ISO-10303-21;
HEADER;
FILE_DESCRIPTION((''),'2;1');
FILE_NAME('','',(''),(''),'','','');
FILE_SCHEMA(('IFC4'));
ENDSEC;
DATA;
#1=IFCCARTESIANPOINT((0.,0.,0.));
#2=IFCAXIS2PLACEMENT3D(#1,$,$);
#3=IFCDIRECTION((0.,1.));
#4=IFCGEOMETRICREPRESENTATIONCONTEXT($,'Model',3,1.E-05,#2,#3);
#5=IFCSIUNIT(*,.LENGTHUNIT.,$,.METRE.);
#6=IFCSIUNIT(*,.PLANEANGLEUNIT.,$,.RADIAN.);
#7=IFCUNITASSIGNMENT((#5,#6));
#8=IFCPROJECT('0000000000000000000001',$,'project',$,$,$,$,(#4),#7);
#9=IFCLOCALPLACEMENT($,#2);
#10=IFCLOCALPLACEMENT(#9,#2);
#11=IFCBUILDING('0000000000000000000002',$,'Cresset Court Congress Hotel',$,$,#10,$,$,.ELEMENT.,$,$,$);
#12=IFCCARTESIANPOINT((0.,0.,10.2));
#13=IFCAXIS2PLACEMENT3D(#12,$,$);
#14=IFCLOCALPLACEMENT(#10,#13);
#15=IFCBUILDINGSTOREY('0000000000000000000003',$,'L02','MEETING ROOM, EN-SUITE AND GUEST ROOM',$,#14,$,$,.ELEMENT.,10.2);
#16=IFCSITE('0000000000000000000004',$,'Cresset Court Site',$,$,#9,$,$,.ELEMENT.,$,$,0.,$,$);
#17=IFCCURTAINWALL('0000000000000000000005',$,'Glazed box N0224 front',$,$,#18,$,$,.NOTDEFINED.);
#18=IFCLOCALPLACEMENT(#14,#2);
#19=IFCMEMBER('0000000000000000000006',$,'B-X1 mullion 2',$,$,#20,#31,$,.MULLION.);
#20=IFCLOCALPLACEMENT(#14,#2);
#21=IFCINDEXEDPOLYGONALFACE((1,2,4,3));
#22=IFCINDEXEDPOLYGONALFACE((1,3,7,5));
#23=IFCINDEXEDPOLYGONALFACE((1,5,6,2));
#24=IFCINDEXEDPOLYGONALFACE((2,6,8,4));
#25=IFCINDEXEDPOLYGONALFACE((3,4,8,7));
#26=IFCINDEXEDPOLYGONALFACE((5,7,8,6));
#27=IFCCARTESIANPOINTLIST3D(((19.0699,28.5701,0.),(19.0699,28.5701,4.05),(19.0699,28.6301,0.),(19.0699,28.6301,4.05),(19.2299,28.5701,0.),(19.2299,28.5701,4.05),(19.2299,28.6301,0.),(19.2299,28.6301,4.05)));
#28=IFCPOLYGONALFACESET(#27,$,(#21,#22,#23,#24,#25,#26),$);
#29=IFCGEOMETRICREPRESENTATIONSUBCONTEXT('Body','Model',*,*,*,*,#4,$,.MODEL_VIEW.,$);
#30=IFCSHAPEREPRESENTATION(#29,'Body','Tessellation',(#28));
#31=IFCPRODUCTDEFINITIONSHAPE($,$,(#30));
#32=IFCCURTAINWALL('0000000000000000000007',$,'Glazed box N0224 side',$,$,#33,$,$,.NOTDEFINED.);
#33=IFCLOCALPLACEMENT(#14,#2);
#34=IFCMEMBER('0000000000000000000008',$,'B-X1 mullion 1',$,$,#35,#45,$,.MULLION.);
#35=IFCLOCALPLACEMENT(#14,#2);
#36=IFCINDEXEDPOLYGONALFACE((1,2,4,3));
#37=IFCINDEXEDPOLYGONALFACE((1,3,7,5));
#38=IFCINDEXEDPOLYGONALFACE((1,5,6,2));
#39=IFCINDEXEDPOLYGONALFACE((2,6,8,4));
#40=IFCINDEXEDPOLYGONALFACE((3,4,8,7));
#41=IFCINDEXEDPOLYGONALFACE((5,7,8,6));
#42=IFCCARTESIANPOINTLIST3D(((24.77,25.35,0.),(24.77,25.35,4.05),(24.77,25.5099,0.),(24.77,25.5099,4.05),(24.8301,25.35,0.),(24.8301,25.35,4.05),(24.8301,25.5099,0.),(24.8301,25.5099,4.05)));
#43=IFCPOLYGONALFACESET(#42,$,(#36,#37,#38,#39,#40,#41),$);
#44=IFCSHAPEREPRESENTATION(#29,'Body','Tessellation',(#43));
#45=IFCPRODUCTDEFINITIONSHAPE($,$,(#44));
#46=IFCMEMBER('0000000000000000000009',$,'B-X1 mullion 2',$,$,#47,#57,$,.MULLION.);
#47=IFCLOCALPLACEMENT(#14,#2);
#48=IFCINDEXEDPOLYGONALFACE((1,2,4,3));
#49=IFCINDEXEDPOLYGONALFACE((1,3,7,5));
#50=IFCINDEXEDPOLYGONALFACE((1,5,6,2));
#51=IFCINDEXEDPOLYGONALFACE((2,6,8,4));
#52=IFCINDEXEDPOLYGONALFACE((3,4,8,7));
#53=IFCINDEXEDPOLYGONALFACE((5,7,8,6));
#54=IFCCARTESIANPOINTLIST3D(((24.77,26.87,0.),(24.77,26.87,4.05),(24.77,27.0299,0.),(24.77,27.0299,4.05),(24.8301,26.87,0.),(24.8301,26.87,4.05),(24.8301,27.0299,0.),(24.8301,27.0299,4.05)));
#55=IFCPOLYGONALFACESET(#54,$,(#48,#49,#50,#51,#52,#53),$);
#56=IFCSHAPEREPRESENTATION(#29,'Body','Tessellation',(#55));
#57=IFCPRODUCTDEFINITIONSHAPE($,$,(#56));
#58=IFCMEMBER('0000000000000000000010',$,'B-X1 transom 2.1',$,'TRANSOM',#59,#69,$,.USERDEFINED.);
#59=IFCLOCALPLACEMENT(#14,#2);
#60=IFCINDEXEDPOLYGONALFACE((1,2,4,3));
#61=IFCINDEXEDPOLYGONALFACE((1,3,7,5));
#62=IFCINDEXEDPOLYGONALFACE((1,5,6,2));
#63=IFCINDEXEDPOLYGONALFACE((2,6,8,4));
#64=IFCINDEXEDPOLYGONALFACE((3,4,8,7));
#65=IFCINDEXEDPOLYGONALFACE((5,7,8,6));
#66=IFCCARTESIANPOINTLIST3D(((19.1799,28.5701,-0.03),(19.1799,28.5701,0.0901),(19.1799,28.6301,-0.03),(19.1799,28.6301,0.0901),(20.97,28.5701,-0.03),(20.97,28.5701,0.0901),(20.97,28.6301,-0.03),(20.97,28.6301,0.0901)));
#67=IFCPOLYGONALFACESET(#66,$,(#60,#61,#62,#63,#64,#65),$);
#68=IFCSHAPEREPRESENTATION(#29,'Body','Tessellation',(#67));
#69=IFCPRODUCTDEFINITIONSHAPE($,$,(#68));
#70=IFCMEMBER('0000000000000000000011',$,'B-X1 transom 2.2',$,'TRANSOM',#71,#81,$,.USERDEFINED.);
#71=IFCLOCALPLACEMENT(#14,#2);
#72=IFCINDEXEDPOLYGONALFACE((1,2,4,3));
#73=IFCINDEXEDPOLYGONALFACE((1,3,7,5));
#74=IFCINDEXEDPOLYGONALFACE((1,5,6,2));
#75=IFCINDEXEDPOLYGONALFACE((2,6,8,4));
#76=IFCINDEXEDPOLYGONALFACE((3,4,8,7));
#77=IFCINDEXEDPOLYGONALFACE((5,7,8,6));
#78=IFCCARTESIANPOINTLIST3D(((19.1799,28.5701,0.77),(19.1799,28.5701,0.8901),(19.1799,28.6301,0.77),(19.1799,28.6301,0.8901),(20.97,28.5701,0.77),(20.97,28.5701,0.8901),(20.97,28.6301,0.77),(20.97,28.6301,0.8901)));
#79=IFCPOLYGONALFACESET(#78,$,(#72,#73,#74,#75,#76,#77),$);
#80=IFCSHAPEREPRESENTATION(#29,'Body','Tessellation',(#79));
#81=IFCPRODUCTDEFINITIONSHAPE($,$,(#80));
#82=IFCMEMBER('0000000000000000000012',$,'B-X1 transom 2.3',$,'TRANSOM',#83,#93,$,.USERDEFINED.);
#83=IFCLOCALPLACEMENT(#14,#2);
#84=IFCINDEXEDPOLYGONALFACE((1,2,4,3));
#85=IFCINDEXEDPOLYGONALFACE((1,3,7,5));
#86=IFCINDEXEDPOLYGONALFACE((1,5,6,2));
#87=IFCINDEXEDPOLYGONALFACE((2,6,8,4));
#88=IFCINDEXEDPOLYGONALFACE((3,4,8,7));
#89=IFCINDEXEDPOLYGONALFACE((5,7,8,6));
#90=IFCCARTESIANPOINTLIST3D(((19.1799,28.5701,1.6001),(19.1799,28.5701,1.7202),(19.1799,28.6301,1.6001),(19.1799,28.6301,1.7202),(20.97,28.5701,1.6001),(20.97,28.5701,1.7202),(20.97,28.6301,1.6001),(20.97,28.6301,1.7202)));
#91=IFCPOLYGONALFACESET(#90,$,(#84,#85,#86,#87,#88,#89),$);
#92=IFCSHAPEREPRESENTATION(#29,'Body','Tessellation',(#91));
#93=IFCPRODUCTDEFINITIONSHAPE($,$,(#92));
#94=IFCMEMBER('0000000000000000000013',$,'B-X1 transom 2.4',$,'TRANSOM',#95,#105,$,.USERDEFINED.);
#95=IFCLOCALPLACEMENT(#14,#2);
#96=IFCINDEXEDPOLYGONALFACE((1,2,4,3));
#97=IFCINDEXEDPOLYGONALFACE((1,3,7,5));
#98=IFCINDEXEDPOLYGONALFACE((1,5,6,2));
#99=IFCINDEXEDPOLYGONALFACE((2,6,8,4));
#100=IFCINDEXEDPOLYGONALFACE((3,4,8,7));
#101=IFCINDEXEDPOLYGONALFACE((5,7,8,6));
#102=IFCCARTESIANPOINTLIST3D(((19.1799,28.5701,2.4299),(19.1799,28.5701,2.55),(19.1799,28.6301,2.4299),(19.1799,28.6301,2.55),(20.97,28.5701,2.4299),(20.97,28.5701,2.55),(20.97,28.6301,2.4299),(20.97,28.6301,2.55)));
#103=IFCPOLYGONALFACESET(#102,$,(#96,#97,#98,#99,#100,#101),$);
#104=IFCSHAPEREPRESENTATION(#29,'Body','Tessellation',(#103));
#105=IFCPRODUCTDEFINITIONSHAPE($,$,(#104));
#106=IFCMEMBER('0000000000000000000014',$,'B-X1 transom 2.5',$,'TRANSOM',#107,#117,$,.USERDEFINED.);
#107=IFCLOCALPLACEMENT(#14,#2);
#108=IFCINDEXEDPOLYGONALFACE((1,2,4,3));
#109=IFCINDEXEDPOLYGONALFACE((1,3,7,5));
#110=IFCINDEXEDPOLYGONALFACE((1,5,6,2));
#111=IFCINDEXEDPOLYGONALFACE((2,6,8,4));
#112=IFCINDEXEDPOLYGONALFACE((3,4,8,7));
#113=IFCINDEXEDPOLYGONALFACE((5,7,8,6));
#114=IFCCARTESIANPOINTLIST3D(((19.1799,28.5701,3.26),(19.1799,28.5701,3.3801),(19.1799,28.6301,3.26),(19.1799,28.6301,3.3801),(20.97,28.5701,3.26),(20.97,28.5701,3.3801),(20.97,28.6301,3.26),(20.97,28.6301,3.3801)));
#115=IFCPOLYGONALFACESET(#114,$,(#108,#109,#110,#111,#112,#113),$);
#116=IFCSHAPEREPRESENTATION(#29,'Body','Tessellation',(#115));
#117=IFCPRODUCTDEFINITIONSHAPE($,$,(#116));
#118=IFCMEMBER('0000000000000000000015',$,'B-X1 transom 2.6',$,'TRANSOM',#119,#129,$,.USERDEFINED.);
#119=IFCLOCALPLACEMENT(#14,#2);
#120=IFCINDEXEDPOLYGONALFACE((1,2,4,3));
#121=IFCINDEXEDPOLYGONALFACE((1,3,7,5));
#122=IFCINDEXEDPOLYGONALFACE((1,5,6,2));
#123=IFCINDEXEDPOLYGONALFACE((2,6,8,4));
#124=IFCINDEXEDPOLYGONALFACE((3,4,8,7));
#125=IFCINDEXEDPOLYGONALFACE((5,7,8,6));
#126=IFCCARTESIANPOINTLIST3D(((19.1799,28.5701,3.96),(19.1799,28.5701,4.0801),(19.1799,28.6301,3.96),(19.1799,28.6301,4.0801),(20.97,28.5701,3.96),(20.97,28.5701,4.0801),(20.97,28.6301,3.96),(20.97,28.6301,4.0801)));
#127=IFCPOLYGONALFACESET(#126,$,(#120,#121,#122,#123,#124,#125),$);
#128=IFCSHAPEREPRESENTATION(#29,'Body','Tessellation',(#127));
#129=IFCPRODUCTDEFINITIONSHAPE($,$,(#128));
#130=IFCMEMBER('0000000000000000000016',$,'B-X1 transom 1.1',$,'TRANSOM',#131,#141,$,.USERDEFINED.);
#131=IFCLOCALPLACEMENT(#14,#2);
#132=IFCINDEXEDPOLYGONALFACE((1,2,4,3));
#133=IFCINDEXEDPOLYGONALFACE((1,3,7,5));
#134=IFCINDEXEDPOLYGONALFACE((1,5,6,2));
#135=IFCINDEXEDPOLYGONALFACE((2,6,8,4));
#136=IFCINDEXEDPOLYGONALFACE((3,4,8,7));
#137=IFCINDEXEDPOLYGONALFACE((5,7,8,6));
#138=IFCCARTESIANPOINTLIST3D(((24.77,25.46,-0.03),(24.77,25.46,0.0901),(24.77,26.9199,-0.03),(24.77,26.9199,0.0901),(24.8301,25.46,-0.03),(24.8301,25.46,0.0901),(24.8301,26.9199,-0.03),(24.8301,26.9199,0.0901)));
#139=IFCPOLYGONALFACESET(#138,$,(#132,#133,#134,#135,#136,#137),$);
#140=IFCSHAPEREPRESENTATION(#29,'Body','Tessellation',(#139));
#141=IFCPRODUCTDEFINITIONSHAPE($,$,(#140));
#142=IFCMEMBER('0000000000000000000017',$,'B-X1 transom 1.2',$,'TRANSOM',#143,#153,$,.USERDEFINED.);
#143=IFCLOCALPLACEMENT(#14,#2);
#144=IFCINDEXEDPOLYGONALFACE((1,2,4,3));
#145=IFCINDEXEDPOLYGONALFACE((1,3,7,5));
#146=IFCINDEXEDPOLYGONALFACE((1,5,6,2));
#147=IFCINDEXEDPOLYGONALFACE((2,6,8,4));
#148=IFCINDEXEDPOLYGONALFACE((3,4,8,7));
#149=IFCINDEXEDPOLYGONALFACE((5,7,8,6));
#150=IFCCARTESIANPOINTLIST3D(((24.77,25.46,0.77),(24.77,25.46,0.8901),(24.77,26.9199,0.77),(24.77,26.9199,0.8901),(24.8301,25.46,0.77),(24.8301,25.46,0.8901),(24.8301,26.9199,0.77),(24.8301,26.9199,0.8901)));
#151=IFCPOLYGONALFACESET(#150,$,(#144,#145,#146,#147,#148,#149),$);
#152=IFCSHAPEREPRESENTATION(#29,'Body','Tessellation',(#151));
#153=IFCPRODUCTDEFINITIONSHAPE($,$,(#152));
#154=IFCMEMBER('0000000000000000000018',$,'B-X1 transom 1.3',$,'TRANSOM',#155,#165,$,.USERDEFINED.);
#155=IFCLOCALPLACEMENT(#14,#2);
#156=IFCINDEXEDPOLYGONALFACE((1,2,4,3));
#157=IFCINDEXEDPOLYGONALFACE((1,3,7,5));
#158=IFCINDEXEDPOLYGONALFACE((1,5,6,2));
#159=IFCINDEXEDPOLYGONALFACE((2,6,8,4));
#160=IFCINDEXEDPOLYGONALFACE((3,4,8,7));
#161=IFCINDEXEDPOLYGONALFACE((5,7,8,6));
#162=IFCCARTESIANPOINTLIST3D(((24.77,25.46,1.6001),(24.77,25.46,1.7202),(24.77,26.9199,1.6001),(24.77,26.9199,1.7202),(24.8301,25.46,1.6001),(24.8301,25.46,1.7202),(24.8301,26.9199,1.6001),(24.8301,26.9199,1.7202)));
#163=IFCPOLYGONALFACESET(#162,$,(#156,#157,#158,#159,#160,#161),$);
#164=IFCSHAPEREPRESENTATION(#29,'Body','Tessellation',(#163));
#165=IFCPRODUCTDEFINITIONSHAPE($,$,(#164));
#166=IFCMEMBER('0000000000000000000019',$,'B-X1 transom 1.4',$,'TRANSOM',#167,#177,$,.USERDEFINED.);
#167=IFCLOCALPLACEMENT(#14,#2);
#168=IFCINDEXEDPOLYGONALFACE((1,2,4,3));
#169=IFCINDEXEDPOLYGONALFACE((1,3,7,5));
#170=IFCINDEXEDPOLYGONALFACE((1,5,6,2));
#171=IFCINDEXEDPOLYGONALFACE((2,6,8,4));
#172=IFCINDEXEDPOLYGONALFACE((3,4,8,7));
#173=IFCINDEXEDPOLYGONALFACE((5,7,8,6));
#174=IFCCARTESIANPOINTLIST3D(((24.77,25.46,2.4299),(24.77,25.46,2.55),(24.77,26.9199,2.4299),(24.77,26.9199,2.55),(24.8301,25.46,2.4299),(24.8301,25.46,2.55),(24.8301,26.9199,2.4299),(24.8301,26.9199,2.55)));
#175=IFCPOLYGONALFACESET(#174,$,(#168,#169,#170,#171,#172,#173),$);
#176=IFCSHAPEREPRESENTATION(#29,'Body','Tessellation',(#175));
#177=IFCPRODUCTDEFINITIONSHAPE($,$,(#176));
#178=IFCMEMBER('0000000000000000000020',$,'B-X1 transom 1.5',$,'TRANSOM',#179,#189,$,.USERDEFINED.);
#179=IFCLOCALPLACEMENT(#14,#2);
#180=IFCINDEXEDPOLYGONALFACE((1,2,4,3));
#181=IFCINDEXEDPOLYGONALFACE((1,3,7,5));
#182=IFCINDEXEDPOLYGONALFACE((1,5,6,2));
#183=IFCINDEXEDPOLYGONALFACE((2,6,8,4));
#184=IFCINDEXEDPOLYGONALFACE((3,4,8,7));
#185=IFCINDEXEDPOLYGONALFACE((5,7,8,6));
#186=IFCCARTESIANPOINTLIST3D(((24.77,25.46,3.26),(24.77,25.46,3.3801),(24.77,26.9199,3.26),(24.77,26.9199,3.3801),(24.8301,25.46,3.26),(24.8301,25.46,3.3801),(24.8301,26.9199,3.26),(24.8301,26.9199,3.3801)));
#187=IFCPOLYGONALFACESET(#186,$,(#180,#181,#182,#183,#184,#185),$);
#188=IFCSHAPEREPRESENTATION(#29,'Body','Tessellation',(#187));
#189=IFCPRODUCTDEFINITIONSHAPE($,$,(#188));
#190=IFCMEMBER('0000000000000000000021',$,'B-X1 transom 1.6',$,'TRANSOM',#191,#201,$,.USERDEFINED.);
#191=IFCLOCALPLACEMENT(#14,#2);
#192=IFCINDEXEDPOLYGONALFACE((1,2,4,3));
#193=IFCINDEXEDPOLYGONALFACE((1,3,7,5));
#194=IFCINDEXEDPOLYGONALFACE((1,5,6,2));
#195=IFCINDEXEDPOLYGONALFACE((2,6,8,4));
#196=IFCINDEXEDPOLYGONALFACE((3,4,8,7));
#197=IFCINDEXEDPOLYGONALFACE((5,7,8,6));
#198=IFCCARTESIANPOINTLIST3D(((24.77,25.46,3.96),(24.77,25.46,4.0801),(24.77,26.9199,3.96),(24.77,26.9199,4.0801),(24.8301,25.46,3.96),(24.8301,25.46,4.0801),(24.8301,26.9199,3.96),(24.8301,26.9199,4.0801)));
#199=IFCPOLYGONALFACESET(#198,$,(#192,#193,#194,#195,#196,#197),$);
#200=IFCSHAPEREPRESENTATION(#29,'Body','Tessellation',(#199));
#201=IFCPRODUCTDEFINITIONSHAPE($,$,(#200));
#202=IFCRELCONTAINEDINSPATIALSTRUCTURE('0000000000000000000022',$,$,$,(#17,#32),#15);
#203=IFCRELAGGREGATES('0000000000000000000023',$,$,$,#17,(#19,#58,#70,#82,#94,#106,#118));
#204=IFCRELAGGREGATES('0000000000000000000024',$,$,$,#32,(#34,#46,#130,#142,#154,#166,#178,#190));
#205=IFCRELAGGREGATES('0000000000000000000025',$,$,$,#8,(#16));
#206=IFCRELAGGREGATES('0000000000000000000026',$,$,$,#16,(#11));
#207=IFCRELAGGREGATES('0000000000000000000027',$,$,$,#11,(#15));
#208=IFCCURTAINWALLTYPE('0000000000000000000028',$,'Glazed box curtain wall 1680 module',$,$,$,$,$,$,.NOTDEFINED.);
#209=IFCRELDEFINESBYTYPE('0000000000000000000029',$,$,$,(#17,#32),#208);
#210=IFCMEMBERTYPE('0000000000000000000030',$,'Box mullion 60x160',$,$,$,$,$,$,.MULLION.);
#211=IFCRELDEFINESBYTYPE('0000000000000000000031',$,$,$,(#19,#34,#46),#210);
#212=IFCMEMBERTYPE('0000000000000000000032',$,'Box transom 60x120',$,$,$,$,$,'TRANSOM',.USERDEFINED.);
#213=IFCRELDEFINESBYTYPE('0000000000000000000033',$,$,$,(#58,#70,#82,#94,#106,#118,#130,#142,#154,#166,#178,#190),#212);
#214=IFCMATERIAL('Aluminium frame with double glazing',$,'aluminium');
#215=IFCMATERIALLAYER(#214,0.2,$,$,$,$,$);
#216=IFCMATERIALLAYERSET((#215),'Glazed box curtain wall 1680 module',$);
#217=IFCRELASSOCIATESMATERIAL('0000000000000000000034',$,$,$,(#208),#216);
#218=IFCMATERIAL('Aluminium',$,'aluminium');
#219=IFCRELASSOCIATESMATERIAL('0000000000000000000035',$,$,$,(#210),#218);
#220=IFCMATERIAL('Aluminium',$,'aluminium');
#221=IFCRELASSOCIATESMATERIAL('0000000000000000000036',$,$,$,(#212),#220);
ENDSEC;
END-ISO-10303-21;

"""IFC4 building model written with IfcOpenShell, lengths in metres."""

from ifc_helpers import new_model, si_unit, direction, frame, origin, origin_2d, place, context, subcontext, project, spatial, rectangle, extrude, material, layer, layer_set, material_profile, profile_set, type_object, element, aggregate, save


model = new_model("IFC4")

# Units and contexts
model_context = context("Model", 3, precision=1e-05, world=origin(), true_north=direction((0.0, 1.0)))
body_context = subcontext(model_context, "Body", "Model", "MODEL_VIEW")
ifc_project = project(units=[si_unit("LENGTHUNIT", "METRE"), si_unit("PLANEANGLEUNIT", "RADIAN")], contexts=[model_context])

# Site, building, storey
site_placement = place(None, origin())
site = spatial("IfcSite", under=ifc_project, at=site_placement, Name="Cresset Court Site", CompositionType="ELEMENT", RefElevation=0.0)
building_placement = place(site_placement, origin())
building = spatial("IfcBuilding", under=site, at=building_placement, Name="Cresset Court Congress Hotel", CompositionType="ELEMENT")
storey_placement = place(building_placement, frame((0.0, 0.0, 10.2)))
storey = spatial("IfcBuildingStorey", under=building, at=storey_placement, Name="L02", Description="MEETING ROOM, EN-SUITE AND GUEST ROOM", CompositionType="ELEMENT", Elevation=10.2)

# Curtain wall, member
ifc_material_1 = material(Name="Aluminium frame with double glazing", Category="aluminium")
ifc_layer_1 = layer(ifc_material_1, 0.2)
ifc_layer_set_1 = layer_set([ifc_layer_1], Name="Glazed box curtain wall 1680 module")
curtain_wall_type = type_object("IfcCurtainWallType", Name="Glazed box curtain wall 1680 module", PredefinedType="NOTDEFINED", material=ifc_layer_set_1)
curtain_wall_1_placement = place(storey_placement, origin())
curtain_wall_1 = element("IfcCurtainWall", 1, at=curtain_wall_1_placement, inside=storey, type_object=curtain_wall_type, Name="Glazed box N0224 front", PredefinedType="NOTDEFINED")
ifc_material_2 = material(Name="Aluminium", Category="aluminium")
ifc_material_profile_1 = material_profile(ifc_material_2, rectangle(XDim=0.0601, YDim=0.1599, at=origin_2d()), Name="Box mullion 60x160")
ifc_profile_set_1 = profile_set([ifc_material_profile_1], Name="Aluminium")
member_type_1 = type_object("IfcMemberType", Name="Box mullion 60x160", PredefinedType="MULLION", material=ifc_profile_set_1)
member_1_placement = place(storey_placement, frame((19.1499, 28.6001, 0.0), z_axis=(0.0, 0.0, 1.0), x_axis=(0.0, 1.0, 0.0)))
member_1 = element("IfcMember", 2, at=member_1_placement, type_object=member_type_1, Name="B-X1 mullion 2", PredefinedType="MULLION", context=body_context, shape_type="SweptSolid", body=[
    extrude(rectangle(XDim=0.0601, YDim=0.1599, at=origin_2d()), origin(), (0.0, 0.0, 1.0), 4.05),
])

# Curtain wall, members
curtain_wall_2_placement = place(storey_placement, origin())
curtain_wall_2 = element("IfcCurtainWall", 3, at=curtain_wall_2_placement, inside=storey, type_object=curtain_wall_type, Name="Glazed box N0224 side", PredefinedType="NOTDEFINED")
member_2_placement = place(storey_placement, frame((24.8, 25.4299, 0.0), z_axis=(0.0, 0.0, 1.0), x_axis=(-1.0, 0.0, 0.0)))
member_2 = element("IfcMember", 4, at=member_2_placement, type_object=member_type_1, Name="B-X1 mullion 1", PredefinedType="MULLION", context=body_context, shape_type="SweptSolid", body=[
    extrude(rectangle(XDim=0.0601, YDim=0.1599, at=origin_2d()), origin(), (0.0, 0.0, 1.0), 4.05),
])
member_3_placement = place(storey_placement, frame((24.8, 26.95, 0.0), z_axis=(0.0, 0.0, 1.0), x_axis=(-1.0, 0.0, 0.0)))
member_3 = element("IfcMember", 5, at=member_3_placement, type_object=member_type_1, Name="B-X1 mullion 2", PredefinedType="MULLION", context=body_context, shape_type="SweptSolid", body=[
    extrude(rectangle(XDim=0.0601, YDim=0.1599, at=origin_2d()), origin(), (0.0, 0.0, 1.0), 4.05),
])

# Members
ifc_material_3 = material(Name="Aluminium", Category="aluminium")
ifc_material_profile_2 = material_profile(ifc_material_3, rectangle(XDim=0.0601, YDim=0.1201, at=origin_2d()), Name="Box transom 60x120")
ifc_profile_set_2 = profile_set([ifc_material_profile_2], Name="Aluminium")
member_type_2 = type_object("IfcMemberType", Name="Box transom 60x120", ElementType="TRANSOM", PredefinedType="USERDEFINED", material=ifc_profile_set_2)
member_4_placement = place(storey_placement, frame((19.1799, 28.6001, 0.03), z_axis=(1.0, 0.0, 0.0), x_axis=(0.0, 1.0, 0.0)))
member_4 = element("IfcMember", 6, at=member_4_placement, type_object=member_type_2, Name="B-X1 transom 2.1", ObjectType="TRANSOM", PredefinedType="USERDEFINED", context=body_context, shape_type="SweptSolid", body=[
    extrude(rectangle(XDim=0.0601, YDim=0.1201, at=origin_2d()), origin(), (0.0, 0.0, 1.0), 1.79),
])
member_5_placement = place(storey_placement, frame((19.1799, 28.6001, 0.8301), z_axis=(1.0, 0.0, 0.0), x_axis=(0.0, 1.0, 0.0)))
member_5 = element("IfcMember", 7, at=member_5_placement, type_object=member_type_2, Name="B-X1 transom 2.2", ObjectType="TRANSOM", PredefinedType="USERDEFINED", context=body_context, shape_type="SweptSolid", body=[
    extrude(rectangle(XDim=0.0601, YDim=0.1201, at=origin_2d()), origin(), (0.0, 0.0, 1.0), 1.79),
])
member_6_placement = place(storey_placement, frame((19.1799, 28.6001, 1.6602), z_axis=(1.0, 0.0, 0.0), x_axis=(0.0, 1.0, 0.0)))
member_6 = element("IfcMember", 8, at=member_6_placement, type_object=member_type_2, Name="B-X1 transom 2.3", ObjectType="TRANSOM", PredefinedType="USERDEFINED", context=body_context, shape_type="SweptSolid", body=[
    extrude(rectangle(XDim=0.0601, YDim=0.1201, at=origin_2d()), origin(), (0.0, 0.0, 1.0), 1.79),
])
member_7_placement = place(storey_placement, frame((19.1799, 28.6001, 2.49), z_axis=(1.0, 0.0, 0.0), x_axis=(0.0, 1.0, 0.0)))
member_7 = element("IfcMember", 9, at=member_7_placement, type_object=member_type_2, Name="B-X1 transom 2.4", ObjectType="TRANSOM", PredefinedType="USERDEFINED", context=body_context, shape_type="SweptSolid", body=[
    extrude(rectangle(XDim=0.0601, YDim=0.1201, at=origin_2d()), origin(), (0.0, 0.0, 1.0), 1.79),
])
member_8_placement = place(storey_placement, frame((19.1799, 28.6001, 3.3201), z_axis=(1.0, 0.0, 0.0), x_axis=(0.0, 1.0, 0.0)))
member_8 = element("IfcMember", 10, at=member_8_placement, type_object=member_type_2, Name="B-X1 transom 2.5", ObjectType="TRANSOM", PredefinedType="USERDEFINED", context=body_context, shape_type="SweptSolid", body=[
    extrude(rectangle(XDim=0.0601, YDim=0.1201, at=origin_2d()), origin(), (0.0, 0.0, 1.0), 1.79),
])
member_9_placement = place(storey_placement, frame((19.1799, 28.6001, 4.02), z_axis=(1.0, 0.0, 0.0), x_axis=(0.0, 1.0, 0.0)))
member_9 = element("IfcMember", 11, at=member_9_placement, type_object=member_type_2, Name="B-X1 transom 2.6", ObjectType="TRANSOM", PredefinedType="USERDEFINED", context=body_context, shape_type="SweptSolid", body=[
    extrude(rectangle(XDim=0.0601, YDim=0.1201, at=origin_2d()), origin(), (0.0, 0.0, 1.0), 1.79),
])
member_10_placement = place(storey_placement, frame((24.8, 25.46, 0.03), z_axis=(0.0, 1.0, 0.0), x_axis=(-1.0, 0.0, 0.0)))
member_10 = element("IfcMember", 12, at=member_10_placement, type_object=member_type_2, Name="B-X1 transom 1.1", ObjectType="TRANSOM", PredefinedType="USERDEFINED", context=body_context, shape_type="SweptSolid", body=[
    extrude(rectangle(XDim=0.0601, YDim=0.1201, at=origin_2d()), origin(), (0.0, 0.0, 1.0), 1.46),
])
member_11_placement = place(storey_placement, frame((24.8, 25.46, 0.8301), z_axis=(0.0, 1.0, 0.0), x_axis=(-1.0, 0.0, 0.0)))
member_11 = element("IfcMember", 13, at=member_11_placement, type_object=member_type_2, Name="B-X1 transom 1.2", ObjectType="TRANSOM", PredefinedType="USERDEFINED", context=body_context, shape_type="SweptSolid", body=[
    extrude(rectangle(XDim=0.0601, YDim=0.1201, at=origin_2d()), origin(), (0.0, 0.0, 1.0), 1.46),
])
member_12_placement = place(storey_placement, frame((24.8, 25.46, 1.6602), z_axis=(0.0, 1.0, 0.0), x_axis=(-1.0, 0.0, 0.0)))
member_12 = element("IfcMember", 14, at=member_12_placement, type_object=member_type_2, Name="B-X1 transom 1.3", ObjectType="TRANSOM", PredefinedType="USERDEFINED", context=body_context, shape_type="SweptSolid", body=[
    extrude(rectangle(XDim=0.0601, YDim=0.1201, at=origin_2d()), origin(), (0.0, 0.0, 1.0), 1.46),
])
member_13_placement = place(storey_placement, frame((24.8, 25.46, 2.49), z_axis=(0.0, 1.0, 0.0), x_axis=(-1.0, 0.0, 0.0)))
member_13 = element("IfcMember", 15, at=member_13_placement, type_object=member_type_2, Name="B-X1 transom 1.4", ObjectType="TRANSOM", PredefinedType="USERDEFINED", context=body_context, shape_type="SweptSolid", body=[
    extrude(rectangle(XDim=0.0601, YDim=0.1201, at=origin_2d()), origin(), (0.0, 0.0, 1.0), 1.46),
])
member_14_placement = place(storey_placement, frame((24.8, 25.46, 3.3201), z_axis=(0.0, 1.0, 0.0), x_axis=(-1.0, 0.0, 0.0)))
member_14 = element("IfcMember", 16, at=member_14_placement, type_object=member_type_2, Name="B-X1 transom 1.5", ObjectType="TRANSOM", PredefinedType="USERDEFINED", context=body_context, shape_type="SweptSolid", body=[
    extrude(rectangle(XDim=0.0601, YDim=0.1201, at=origin_2d()), origin(), (0.0, 0.0, 1.0), 1.46),
])
member_15_placement = place(storey_placement, frame((24.8, 25.46, 4.02), z_axis=(0.0, 1.0, 0.0), x_axis=(-1.0, 0.0, 0.0)))
member_15 = element("IfcMember", 17, at=member_15_placement, type_object=member_type_2, Name="B-X1 transom 1.6", ObjectType="TRANSOM", PredefinedType="USERDEFINED", context=body_context, shape_type="SweptSolid", body=[
    extrude(rectangle(XDim=0.0601, YDim=0.1201, at=origin_2d()), origin(), (0.0, 0.0, 1.0), 1.46),
])

aggregate(curtain_wall_1, [member_1, member_4, member_5, member_6, member_7, member_8, member_9])
aggregate(curtain_wall_2, [member_2, member_3, member_10, member_11, member_12, member_13, member_14, member_15])

save(model, "model.ifc")
